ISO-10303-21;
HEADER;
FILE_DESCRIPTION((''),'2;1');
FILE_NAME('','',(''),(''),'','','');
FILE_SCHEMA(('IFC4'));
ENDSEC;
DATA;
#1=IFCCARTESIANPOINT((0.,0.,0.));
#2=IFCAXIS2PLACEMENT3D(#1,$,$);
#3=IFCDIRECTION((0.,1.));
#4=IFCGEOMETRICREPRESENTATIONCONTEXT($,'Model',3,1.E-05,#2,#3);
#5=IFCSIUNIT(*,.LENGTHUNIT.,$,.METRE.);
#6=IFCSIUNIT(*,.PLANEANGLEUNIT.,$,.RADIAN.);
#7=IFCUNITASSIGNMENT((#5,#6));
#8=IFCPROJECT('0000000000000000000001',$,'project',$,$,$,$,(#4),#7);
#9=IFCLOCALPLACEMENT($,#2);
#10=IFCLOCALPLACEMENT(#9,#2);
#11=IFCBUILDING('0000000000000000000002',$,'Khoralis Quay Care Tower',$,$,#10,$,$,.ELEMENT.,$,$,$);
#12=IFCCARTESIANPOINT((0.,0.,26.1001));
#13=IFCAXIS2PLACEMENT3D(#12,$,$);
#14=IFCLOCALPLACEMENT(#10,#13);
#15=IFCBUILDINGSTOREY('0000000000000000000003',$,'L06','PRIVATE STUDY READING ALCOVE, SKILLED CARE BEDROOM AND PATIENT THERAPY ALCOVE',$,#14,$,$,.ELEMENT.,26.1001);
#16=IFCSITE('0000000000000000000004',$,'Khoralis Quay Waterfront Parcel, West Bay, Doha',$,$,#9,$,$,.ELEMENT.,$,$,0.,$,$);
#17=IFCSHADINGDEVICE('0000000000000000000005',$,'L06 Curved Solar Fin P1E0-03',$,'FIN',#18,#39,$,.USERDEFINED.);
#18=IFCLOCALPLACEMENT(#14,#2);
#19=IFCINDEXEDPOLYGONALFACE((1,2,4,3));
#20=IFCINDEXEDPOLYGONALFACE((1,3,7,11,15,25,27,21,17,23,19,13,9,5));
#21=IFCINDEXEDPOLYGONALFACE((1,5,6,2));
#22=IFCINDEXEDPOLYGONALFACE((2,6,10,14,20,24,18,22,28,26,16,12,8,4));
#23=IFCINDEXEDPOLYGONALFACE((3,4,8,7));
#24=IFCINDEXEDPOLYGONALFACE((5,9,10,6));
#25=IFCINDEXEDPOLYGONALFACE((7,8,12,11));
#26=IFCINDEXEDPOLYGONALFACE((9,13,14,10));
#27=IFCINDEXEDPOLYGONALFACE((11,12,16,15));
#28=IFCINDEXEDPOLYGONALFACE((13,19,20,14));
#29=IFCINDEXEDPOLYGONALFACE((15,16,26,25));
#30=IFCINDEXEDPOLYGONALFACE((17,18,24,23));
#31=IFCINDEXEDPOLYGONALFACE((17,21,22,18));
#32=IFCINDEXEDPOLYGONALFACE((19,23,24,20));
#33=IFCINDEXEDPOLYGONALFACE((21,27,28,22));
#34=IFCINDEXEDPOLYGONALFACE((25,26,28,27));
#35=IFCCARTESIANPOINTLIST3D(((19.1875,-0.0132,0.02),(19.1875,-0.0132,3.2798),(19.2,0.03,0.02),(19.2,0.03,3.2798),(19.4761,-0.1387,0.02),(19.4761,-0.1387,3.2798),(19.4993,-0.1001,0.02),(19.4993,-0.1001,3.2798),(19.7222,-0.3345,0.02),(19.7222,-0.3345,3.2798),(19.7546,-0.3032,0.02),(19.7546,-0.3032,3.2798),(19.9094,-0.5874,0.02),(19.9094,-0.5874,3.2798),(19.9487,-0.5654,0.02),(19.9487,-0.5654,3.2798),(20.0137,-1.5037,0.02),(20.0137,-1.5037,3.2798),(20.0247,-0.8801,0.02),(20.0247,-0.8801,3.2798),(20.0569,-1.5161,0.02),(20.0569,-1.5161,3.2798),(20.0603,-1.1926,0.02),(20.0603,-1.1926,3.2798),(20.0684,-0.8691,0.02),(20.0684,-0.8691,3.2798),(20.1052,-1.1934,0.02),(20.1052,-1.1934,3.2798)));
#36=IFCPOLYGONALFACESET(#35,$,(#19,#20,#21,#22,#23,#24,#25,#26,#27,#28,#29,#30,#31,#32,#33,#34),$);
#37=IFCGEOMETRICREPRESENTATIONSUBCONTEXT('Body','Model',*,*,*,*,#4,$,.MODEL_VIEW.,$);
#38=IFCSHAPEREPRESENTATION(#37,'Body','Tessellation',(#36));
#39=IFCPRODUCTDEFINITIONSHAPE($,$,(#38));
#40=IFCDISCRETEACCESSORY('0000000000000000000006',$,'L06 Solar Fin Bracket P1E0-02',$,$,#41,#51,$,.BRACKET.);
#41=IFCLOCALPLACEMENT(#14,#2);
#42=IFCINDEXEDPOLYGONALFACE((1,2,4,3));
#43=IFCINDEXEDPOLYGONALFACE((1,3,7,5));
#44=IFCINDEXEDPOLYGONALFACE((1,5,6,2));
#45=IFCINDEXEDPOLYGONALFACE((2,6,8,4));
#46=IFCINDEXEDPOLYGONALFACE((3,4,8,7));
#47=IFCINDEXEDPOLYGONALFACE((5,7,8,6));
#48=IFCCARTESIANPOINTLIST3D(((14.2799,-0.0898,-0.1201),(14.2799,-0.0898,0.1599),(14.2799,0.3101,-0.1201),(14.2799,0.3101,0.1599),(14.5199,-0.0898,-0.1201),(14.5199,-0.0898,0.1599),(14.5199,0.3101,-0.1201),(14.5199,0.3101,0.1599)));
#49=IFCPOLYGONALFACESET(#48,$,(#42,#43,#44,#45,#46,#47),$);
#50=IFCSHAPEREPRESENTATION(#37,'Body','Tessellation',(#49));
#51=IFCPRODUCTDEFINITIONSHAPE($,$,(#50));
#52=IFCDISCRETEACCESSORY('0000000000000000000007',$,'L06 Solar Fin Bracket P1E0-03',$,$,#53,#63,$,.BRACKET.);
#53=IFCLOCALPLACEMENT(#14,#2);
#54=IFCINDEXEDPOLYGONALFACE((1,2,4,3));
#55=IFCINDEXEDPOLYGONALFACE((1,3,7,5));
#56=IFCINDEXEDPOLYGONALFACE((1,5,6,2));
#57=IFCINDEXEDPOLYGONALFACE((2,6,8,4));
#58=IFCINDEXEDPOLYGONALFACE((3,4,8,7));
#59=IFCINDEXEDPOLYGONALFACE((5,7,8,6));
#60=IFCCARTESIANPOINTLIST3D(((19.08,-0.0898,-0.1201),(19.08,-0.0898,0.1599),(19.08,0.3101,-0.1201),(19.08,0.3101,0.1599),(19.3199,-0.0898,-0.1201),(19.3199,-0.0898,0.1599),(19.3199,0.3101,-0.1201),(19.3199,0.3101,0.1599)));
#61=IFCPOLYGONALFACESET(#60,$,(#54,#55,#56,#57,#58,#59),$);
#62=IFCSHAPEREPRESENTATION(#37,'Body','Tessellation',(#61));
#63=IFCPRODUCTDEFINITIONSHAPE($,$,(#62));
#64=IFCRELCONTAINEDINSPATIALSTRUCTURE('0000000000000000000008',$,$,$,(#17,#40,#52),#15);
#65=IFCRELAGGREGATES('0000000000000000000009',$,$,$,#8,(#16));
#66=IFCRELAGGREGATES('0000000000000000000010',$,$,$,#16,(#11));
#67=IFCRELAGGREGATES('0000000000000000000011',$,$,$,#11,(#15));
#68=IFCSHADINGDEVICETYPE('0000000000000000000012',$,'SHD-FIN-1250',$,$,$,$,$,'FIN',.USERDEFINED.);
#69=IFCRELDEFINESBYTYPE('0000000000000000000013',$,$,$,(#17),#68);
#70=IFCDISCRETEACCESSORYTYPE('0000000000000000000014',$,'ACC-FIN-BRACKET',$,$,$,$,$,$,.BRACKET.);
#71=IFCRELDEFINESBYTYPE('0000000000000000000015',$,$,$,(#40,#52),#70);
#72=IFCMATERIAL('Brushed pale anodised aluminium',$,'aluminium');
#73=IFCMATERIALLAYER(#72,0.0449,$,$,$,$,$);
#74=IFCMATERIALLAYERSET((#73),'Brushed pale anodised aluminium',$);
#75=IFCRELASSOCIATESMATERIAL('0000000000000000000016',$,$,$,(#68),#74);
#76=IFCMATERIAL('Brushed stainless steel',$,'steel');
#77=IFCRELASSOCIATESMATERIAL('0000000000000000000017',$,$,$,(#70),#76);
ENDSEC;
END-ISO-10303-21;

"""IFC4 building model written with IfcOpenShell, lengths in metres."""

from ifc_helpers import new_model, si_unit, direction, frame, origin, origin_2d, place, context, subcontext, project, spatial, polyline, rectangle, outline, extrude, source, transform, mapped, material, layer, layer_set, type_object, element, save


model = new_model("IFC4")

# Units and contexts
model_context = context("Model", 3, precision=1e-05, world=origin(), true_north=direction((0.0, 1.0)))
body_context = subcontext(model_context, "Body", "Model", "MODEL_VIEW")
ifc_project = project(units=[si_unit("LENGTHUNIT", "METRE"), si_unit("PLANEANGLEUNIT", "RADIAN")], contexts=[model_context])

# Site, building, storey
site_placement = place(None, origin())
site = spatial("IfcSite", under=ifc_project, at=site_placement, Name="Khoralis Quay Waterfront Parcel, West Bay, Doha", CompositionType="ELEMENT", RefElevation=0.0)
building_placement = place(site_placement, origin())
building = spatial("IfcBuilding", under=site, at=building_placement, Name="Khoralis Quay Care Tower", CompositionType="ELEMENT")
storey_placement = place(building_placement, frame((0.0, 0.0, 26.1001)))
storey = spatial("IfcBuildingStorey", under=building, at=storey_placement, Name="L06", Description="PRIVATE STUDY READING ALCOVE, SKILLED CARE BEDROOM AND PATIENT THERAPY ALCOVE", CompositionType="ELEMENT", Elevation=26.1001)

# Shading device
ifc_material_1 = material(Name="Brushed pale anodised aluminium", Category="aluminium")
ifc_layer_1 = layer(ifc_material_1, 0.0449)
ifc_layer_set_1 = layer_set([ifc_layer_1], Name="Brushed pale anodised aluminium")
shading_device_type = type_object("IfcShadingDeviceType", Name="SHD-FIN-1250", ElementType="FIN", PredefinedType="USERDEFINED", material=ifc_layer_set_1)
shared_shape_1 = source(origin(), body_context, "Body", "SweptSolid", [
    extrude(outline(polyline([(0.0, 0.0), (0.1301, 0.2993), (0.3333, 0.5547), (0.5955, 0.7488), (0.8992, 0.8684), (1.2234, 0.9053), (1.5461, 0.8569), (1.5337, 0.8137), (1.2227, 0.8604), (0.9102, 0.8247), (0.6174, 0.7095), (0.3645, 0.5222), (0.1687, 0.2761), (0.0432, -0.0125), (0.0, 0.0)])), origin(), (0.0, 0.0, 1.0), 3.2598),
])
shading_device_placement = place(storey_placement, frame((19.2, 0.03, 0.02), z_axis=(0.0, 0.0, 1.0), x_axis=(0.0, -1.0, 0.0)))
element("IfcShadingDevice", 1, at=shading_device_placement, inside=storey, type_object=shading_device_type, Name="L06 Curved Solar Fin P1E0-03", ObjectType="FIN", PredefinedType="USERDEFINED", context=body_context, shape_type="MappedRepresentation", body=[
    mapped(shared_shape_1, transform((0.0, 0.0, 0.0), scale=1.0)),
])

# Discrete accessories
ifc_material_2 = material(Name="Brushed stainless steel", Category="steel")
discrete_accessory_type = type_object("IfcDiscreteAccessoryType", Name="ACC-FIN-BRACKET", PredefinedType="BRACKET", material=ifc_material_2)
shared_shape_2 = source(origin(), body_context, "Body", "SweptSolid", [
    extrude(rectangle(XDim=0.3999, YDim=0.24, at=origin_2d()), origin(), (0.0, 0.0, 1.0), 0.28),
])
for number, where, z_axis, x_axis, name in (
    (2, (14.3999, 0.1101, -0.1201), (0.0, 0.0, 1.0), (0.0, -1.0, 0.0), "L06 Solar Fin Bracket P1E0-02"),
    (3, (19.2, 0.1101, -0.1201), (0.0, 0.0, 1.0), (0.0, -1.0, 0.0), "L06 Solar Fin Bracket P1E0-03"),
):
    element("IfcDiscreteAccessory", number, at=place(storey_placement, frame(where, z_axis=z_axis, x_axis=x_axis)), inside=storey, type_object=discrete_accessory_type, Name=name, PredefinedType="BRACKET", context=body_context, shape_type="MappedRepresentation", body=[
        mapped(shared_shape_2, transform((0.0, 0.0, 0.0), scale=1.0)),
    ])

save(model, "model.ifc")
